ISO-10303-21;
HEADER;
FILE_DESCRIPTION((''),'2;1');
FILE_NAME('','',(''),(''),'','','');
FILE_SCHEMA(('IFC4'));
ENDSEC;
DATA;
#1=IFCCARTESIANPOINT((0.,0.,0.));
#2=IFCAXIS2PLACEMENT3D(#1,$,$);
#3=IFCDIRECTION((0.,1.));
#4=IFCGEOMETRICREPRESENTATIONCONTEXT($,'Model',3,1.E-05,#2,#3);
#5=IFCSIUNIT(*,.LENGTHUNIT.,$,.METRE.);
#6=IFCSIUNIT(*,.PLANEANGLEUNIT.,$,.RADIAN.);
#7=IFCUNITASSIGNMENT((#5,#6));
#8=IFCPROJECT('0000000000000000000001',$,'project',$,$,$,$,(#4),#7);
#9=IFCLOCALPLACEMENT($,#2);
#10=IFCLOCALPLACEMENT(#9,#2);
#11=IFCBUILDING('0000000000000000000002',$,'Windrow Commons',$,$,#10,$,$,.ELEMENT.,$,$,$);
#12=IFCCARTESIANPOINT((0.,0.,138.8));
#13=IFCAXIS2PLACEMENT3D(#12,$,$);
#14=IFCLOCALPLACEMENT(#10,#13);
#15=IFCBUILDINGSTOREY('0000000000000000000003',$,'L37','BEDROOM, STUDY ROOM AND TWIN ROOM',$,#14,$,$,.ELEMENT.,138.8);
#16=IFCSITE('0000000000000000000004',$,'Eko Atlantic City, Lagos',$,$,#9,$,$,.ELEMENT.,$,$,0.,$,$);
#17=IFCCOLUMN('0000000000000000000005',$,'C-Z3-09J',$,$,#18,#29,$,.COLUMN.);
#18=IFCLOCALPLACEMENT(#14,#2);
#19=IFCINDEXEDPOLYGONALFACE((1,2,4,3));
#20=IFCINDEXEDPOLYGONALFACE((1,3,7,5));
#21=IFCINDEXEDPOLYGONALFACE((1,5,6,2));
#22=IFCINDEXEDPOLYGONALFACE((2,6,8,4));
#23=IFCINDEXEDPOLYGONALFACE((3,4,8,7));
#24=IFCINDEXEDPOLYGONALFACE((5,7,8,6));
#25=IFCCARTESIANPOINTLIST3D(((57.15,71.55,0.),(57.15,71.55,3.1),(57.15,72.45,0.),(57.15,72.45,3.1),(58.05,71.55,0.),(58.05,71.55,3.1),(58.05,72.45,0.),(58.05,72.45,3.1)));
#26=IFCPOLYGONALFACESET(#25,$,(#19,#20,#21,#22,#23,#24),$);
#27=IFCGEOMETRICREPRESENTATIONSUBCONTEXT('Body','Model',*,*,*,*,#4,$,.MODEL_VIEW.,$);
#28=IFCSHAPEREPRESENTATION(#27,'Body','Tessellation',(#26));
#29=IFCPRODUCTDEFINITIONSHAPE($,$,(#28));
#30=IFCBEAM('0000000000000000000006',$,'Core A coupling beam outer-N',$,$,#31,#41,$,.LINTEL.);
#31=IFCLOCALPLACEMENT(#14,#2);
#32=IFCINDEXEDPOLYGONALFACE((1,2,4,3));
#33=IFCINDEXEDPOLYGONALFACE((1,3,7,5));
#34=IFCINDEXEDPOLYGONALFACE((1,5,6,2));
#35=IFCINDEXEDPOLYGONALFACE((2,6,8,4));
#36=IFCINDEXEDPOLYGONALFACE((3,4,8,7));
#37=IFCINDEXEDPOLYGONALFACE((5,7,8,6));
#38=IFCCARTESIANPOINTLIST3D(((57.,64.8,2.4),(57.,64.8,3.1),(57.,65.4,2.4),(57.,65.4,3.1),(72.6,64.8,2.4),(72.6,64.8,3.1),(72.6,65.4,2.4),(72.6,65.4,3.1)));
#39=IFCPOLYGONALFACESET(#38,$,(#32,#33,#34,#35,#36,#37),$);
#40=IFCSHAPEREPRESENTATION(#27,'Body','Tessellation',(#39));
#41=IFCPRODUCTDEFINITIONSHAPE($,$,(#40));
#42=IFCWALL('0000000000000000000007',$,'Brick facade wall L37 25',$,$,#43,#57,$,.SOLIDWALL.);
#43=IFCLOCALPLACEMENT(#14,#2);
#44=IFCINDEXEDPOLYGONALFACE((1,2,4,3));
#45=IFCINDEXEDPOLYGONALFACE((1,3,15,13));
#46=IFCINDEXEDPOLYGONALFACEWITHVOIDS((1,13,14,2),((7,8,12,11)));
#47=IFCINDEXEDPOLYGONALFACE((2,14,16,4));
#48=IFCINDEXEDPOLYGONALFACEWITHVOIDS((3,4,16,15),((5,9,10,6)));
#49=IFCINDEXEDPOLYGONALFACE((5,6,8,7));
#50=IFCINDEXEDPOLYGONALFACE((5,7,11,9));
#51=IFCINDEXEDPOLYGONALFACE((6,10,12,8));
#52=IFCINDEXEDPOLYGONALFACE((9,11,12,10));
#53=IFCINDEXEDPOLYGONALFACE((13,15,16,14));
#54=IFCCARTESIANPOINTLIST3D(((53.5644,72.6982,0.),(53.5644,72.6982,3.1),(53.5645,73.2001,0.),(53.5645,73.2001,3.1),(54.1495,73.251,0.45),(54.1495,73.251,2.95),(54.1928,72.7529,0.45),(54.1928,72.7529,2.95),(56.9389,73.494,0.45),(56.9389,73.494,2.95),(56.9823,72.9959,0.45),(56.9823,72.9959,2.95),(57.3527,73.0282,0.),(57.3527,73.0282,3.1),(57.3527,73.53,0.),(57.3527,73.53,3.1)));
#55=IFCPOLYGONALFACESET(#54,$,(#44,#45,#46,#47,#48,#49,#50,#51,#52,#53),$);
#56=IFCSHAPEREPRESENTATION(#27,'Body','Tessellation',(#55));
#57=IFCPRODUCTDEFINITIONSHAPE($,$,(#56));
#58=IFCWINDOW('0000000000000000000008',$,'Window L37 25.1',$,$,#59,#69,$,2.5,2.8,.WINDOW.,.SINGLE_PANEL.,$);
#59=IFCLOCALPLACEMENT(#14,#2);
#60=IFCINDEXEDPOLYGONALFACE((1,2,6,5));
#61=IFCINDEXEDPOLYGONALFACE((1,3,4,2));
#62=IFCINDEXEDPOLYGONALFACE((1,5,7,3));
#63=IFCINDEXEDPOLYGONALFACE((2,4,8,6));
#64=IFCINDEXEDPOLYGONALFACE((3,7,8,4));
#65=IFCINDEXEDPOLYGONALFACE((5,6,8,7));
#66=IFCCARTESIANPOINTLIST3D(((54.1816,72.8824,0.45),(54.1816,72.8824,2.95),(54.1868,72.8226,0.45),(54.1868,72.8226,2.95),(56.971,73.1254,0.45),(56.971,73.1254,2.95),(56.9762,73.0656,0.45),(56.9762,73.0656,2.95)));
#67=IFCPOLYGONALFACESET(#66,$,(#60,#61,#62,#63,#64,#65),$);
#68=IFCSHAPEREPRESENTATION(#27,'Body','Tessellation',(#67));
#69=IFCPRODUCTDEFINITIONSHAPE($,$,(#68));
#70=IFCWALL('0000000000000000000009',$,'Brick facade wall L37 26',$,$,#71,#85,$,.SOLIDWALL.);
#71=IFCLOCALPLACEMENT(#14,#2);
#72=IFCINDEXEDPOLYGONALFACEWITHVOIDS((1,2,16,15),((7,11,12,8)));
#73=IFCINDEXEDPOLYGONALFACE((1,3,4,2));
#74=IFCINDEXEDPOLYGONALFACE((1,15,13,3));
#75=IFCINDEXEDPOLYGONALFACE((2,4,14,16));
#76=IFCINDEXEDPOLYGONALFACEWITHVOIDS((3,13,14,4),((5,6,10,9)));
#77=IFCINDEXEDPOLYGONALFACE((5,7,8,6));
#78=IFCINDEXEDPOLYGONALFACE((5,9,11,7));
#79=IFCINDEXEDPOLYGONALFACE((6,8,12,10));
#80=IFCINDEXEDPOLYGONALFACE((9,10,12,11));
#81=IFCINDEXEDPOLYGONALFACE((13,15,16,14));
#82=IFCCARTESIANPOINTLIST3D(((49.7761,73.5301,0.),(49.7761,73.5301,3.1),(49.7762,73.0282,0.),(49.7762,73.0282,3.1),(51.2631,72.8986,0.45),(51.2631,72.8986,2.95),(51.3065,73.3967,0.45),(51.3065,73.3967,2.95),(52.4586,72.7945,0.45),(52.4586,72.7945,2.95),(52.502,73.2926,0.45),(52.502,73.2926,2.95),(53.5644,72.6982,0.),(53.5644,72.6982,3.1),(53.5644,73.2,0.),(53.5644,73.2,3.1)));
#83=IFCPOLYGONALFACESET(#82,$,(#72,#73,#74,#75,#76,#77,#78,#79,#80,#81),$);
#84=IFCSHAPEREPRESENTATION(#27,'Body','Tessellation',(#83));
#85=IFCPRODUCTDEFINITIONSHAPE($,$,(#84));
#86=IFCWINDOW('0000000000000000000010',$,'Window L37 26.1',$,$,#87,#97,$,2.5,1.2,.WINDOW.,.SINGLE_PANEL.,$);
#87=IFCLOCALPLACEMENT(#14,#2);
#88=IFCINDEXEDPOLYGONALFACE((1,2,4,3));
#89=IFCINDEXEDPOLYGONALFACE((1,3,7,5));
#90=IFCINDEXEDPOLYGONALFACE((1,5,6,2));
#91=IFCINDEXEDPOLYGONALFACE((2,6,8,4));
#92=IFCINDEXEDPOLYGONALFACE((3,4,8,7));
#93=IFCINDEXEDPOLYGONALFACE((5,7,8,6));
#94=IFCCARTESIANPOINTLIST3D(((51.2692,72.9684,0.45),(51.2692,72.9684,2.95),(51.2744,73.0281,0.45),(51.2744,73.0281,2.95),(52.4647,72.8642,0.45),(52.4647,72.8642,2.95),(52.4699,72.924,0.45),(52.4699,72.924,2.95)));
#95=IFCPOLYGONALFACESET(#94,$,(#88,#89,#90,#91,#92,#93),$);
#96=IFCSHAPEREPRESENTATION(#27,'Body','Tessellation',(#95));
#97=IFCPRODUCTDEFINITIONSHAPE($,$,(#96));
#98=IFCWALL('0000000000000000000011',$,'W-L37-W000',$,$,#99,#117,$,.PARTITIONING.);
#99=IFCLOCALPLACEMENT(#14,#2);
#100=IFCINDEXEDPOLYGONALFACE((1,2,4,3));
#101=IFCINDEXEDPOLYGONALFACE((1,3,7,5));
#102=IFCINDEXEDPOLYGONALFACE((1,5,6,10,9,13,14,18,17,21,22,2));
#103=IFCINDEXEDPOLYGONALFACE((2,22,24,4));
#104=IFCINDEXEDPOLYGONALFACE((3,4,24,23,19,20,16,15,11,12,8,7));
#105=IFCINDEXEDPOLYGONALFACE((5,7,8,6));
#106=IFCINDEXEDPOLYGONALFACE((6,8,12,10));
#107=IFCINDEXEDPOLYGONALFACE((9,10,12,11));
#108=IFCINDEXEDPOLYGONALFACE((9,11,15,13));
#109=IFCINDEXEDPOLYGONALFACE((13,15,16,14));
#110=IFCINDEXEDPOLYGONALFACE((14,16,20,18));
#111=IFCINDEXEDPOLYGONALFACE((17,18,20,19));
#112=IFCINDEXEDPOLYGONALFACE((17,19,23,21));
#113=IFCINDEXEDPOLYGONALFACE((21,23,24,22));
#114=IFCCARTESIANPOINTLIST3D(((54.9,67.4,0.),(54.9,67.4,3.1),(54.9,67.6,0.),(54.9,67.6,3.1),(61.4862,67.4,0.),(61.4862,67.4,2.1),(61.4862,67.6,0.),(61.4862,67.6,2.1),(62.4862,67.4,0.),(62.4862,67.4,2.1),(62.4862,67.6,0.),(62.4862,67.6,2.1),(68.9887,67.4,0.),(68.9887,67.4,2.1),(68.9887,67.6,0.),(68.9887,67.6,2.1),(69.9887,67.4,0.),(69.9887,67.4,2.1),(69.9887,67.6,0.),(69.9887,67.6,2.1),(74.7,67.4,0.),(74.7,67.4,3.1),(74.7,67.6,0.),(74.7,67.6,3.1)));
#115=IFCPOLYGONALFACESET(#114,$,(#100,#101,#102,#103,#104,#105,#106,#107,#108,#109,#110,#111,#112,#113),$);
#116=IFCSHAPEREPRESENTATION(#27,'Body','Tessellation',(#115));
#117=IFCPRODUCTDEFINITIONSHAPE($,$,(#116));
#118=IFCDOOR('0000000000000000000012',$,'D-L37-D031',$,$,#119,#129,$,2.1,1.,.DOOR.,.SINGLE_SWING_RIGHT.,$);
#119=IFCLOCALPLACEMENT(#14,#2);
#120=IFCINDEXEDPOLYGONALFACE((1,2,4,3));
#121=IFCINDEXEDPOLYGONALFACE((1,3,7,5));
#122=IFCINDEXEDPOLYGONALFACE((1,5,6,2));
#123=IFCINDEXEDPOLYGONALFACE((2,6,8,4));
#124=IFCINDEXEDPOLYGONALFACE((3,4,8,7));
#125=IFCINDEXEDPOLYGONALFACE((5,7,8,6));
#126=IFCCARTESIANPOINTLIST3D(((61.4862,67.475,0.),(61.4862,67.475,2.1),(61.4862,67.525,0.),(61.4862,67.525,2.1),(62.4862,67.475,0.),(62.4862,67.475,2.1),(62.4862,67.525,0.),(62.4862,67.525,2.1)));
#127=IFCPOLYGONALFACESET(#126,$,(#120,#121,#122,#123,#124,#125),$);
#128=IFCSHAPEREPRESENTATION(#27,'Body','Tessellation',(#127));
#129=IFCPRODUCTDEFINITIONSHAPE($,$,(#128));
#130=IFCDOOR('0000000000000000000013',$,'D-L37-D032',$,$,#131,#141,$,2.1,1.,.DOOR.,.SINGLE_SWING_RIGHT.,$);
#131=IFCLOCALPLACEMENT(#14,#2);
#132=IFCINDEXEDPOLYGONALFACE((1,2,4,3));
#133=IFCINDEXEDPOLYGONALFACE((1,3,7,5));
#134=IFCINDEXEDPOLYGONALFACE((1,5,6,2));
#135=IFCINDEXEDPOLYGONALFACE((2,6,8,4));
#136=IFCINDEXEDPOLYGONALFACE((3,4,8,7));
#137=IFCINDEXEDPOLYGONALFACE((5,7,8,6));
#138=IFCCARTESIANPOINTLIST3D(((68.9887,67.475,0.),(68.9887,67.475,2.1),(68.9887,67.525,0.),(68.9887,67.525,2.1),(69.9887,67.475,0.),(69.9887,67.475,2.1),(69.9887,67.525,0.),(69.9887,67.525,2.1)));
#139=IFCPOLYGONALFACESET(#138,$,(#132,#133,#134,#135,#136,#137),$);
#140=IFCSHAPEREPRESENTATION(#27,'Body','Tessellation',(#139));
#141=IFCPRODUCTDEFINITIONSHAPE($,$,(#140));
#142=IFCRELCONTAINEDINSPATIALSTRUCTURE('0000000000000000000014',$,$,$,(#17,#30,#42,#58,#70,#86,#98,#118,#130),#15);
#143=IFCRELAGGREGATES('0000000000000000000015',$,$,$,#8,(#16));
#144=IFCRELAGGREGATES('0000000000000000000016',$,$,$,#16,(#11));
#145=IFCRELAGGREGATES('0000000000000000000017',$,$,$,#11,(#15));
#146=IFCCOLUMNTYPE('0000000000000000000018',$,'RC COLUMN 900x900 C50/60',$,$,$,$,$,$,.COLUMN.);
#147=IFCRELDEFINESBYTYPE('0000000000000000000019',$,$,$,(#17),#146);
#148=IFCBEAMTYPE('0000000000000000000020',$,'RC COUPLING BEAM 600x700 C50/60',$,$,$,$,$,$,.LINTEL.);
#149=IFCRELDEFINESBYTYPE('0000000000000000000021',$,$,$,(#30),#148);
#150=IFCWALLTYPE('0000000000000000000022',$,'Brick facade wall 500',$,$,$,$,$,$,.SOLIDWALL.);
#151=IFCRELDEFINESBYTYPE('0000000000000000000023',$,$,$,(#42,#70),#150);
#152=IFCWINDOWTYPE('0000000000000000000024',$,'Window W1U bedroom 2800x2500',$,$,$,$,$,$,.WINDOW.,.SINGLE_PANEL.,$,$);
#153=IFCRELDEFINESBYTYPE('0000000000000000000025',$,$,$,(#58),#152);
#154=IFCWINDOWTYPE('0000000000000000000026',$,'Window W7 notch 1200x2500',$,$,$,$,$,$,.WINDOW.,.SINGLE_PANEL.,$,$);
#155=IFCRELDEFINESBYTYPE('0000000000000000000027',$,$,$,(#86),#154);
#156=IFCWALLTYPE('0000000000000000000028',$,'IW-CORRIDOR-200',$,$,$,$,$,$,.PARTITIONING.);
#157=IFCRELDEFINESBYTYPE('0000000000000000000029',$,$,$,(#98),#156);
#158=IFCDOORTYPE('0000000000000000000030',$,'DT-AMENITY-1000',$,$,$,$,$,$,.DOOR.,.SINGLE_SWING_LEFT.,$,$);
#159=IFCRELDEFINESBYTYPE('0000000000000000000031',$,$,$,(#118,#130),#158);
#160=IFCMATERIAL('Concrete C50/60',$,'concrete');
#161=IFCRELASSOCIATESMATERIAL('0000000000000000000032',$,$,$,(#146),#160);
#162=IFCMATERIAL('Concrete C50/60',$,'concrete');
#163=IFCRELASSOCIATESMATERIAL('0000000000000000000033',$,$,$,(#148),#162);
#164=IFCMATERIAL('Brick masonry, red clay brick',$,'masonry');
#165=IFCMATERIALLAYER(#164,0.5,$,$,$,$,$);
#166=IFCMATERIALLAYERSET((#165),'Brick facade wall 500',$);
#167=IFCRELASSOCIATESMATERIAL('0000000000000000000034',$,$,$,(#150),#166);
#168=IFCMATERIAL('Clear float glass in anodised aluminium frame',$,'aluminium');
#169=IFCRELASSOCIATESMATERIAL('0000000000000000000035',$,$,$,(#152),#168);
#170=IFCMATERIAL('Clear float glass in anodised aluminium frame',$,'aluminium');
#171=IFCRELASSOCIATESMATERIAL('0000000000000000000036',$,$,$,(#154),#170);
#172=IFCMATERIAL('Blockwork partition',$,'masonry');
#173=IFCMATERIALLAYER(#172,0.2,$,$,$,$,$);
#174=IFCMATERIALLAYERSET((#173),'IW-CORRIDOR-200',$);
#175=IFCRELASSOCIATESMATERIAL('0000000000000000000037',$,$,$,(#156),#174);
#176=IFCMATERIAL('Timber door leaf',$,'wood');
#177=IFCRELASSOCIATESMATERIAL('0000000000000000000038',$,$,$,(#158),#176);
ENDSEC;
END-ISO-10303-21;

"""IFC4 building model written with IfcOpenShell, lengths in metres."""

from ifc_helpers import new_model, si_unit, direction, frame, frame_2d, origin, origin_2d, place, context, subcontext, project, spatial, polyline, rectangle, outline, extrude, material, layer, layer_set, material_profile, profile_set, type_object, element, fill, save


model = new_model("IFC4")

# Units and contexts
model_context = context("Model", 3, precision=1e-05, world=origin(), true_north=direction((0.0, 1.0)))
body_context = subcontext(model_context, "Body", "Model", "MODEL_VIEW")
ifc_project = project(units=[si_unit("LENGTHUNIT", "METRE"), si_unit("PLANEANGLEUNIT", "RADIAN")], contexts=[model_context])

# Site, building, storey
site_placement = place(None, origin())
site = spatial("IfcSite", under=ifc_project, at=site_placement, Name="Eko Atlantic City, Lagos", CompositionType="ELEMENT", RefElevation=0.0)
building_placement = place(site_placement, origin())
building = spatial("IfcBuilding", under=site, at=building_placement, Name="Windrow Commons", CompositionType="ELEMENT")
storey_placement = place(building_placement, frame((0.0, 0.0, 138.8)))
storey = spatial("IfcBuildingStorey", under=building, at=storey_placement, Name="L37", Description="BEDROOM, STUDY ROOM AND TWIN ROOM", CompositionType="ELEMENT", Elevation=138.8)

# Column
ifc_material_1 = material(Name="Concrete C50/60", Category="concrete")
ifc_material_profile_1 = material_profile(ifc_material_1, rectangle(XDim=0.9, YDim=0.9, at=origin_2d()))
ifc_profile_set_1 = profile_set([ifc_material_profile_1], Name="Concrete C50/60")
column_type = type_object("IfcColumnType", Name="RC COLUMN 900x900 C50/60", PredefinedType="COLUMN", material=ifc_profile_set_1)
column_placement = place(storey_placement, frame((57.6, 72.0, 0.0), z_axis=(0.0, 0.0, 1.0), x_axis=(1.0, 0.0, 0.0)))
element("IfcColumn", 1, at=column_placement, inside=storey, type_object=column_type, Name="C-Z3-09J", PredefinedType="COLUMN", context=body_context, shape_type="SweptSolid", body=[
    extrude(rectangle(XDim=0.9, YDim=0.9, at=origin_2d()), origin(), (0.0, 0.0, 1.0), 3.1),
])

# Beam
ifc_material_2 = material(Name="Concrete C50/60", Category="concrete")
ifc_material_profile_2 = material_profile(ifc_material_2, rectangle(XDim=0.6, YDim=0.7, at=origin_2d()))
ifc_profile_set_2 = profile_set([ifc_material_profile_2], Name="Concrete C50/60")
beam_type = type_object("IfcBeamType", Name="RC COUPLING BEAM 600x700 C50/60", PredefinedType="LINTEL", material=ifc_profile_set_2)
beam_placement = place(storey_placement, frame((57.0, 65.1, 2.75), z_axis=(1.0, 0.0, 0.0), x_axis=(0.0, 1.0, 0.0)))
element("IfcBeam", 2, at=beam_placement, inside=storey, type_object=beam_type, Name="Core A coupling beam outer-N", PredefinedType="LINTEL", context=body_context, shape_type="SweptSolid", body=[
    extrude(rectangle(XDim=0.6, YDim=0.7, at=origin_2d()), origin(), (0.0, 0.0, 1.0), 15.6),
])

# Walls, openings, windows
ifc_material_3 = material(Name="Brick masonry, red clay brick", Category="masonry")
ifc_layer_1 = layer(ifc_material_3, 0.5)
ifc_layer_set_1 = layer_set([ifc_layer_1], Name="Brick facade wall 500")
wall_type_1 = type_object("IfcWallType", Name="Brick facade wall 500", PredefinedType="SOLIDWALL", material=ifc_layer_set_1)
wall_1_placement = place(storey_placement, frame((57.3527, 73.2791, 0.0), z_axis=(0.0, 0.0, 1.0), x_axis=(-0.996227, -0.086782, 0.0)))
wall_1 = element("IfcWall", 3, at=wall_1_placement, inside=storey, type_object=wall_type_1, Name="Brick facade wall L37 25", PredefinedType="SOLIDWALL", context=body_context, shape_type="SweptSolid", body=[
    extrude(outline(polyline([(-0.0218, -0.25), (3.7808, -0.25), (3.8244, 0.25), (0.0218, 0.25), (-0.0218, -0.25)])), origin(), (0.0, 0.0, 1.0), 3.1),
])
opening_1_placement = place(wall_1_placement, frame((0.3936, 0.0, 0.45)))
opening_1 = element("IfcOpeningElement", 4, at=opening_1_placement, cuts=wall_1, PredefinedType="OPENING", context=body_context, shape_type="SweptSolid", body=[
    extrude(rectangle(XDim=2.8, YDim=2.5, at=frame_2d((1.4, 1.25))), frame((0.0, 0.26, 0.0), z_axis=(0.0, -1.0, 0.0), x_axis=(1.0, 0.0, 0.0)), (0.0, 0.0, 1.0), 0.52),
])
ifc_material_4 = material(Name="Clear float glass in anodised aluminium frame", Category="aluminium")
window_type_1 = type_object("IfcWindowType", Name="Window W1U bedroom 2800x2500", PartitioningType="SINGLE_PANEL", PredefinedType="WINDOW", material=ifc_material_4)
window_1_placement = place(opening_1_placement, origin())
window_1 = element("IfcWindow", 5, at=window_1_placement, inside=storey, type_object=window_type_1, Name="Window L37 25.1", OverallHeight=2.5, OverallWidth=2.8, PartitioningType="SINGLE_PANEL", PredefinedType="WINDOW", context=body_context, shape_type="SweptSolid", body=[
    extrude(rectangle(XDim=2.8, YDim=2.5, at=frame_2d((1.4, 1.25))), frame((0.0, 0.18, 0.0), z_axis=(0.0, -1.0, 0.0), x_axis=(1.0, 0.0, 0.0)), (0.0, 0.0, 1.0), 0.06),
])
fill(opening_1, window_1)
wall_2_placement = place(storey_placement, frame((53.5644, 72.9491, 0.0), z_axis=(0.0, 0.0, 1.0), x_axis=(-0.996227, 0.086784, 0.0)))
wall_2 = element("IfcWall", 6, at=wall_2_placement, inside=storey, type_object=wall_type_1, Name="Brick facade wall L37 26", PredefinedType="SOLIDWALL", context=body_context, shape_type="SweptSolid", body=[
    extrude(outline(polyline([(0.0218, -0.25), (3.8244, -0.25), (3.7808, 0.25), (-0.0218, 0.25), (0.0218, -0.25)])), origin(), (0.0, 0.0, 1.0), 3.1),
])
opening_2_placement = place(wall_2_placement, frame((1.0882, 0.0, 0.45)))
opening_2 = element("IfcOpeningElement", 7, at=opening_2_placement, cuts=wall_2, PredefinedType="OPENING", context=body_context, shape_type="SweptSolid", body=[
    extrude(rectangle(XDim=1.2, YDim=2.5, at=frame_2d((0.6, 1.25))), frame((0.0, 0.26, 0.0), z_axis=(0.0, -1.0, 0.0), x_axis=(1.0, 0.0, 0.0)), (0.0, 0.0, 1.0), 0.52),
])
ifc_material_5 = material(Name="Clear float glass in anodised aluminium frame", Category="aluminium")
window_type_2 = type_object("IfcWindowType", Name="Window W7 notch 1200x2500", PartitioningType="SINGLE_PANEL", PredefinedType="WINDOW", material=ifc_material_5)
window_2_placement = place(opening_2_placement, origin())
window_2 = element("IfcWindow", 8, at=window_2_placement, inside=storey, type_object=window_type_2, Name="Window L37 26.1", OverallHeight=2.5, OverallWidth=1.2, PartitioningType="SINGLE_PANEL", PredefinedType="WINDOW", context=body_context, shape_type="SweptSolid", body=[
    extrude(rectangle(XDim=1.2, YDim=2.5, at=frame_2d((0.6, 1.25))), frame((0.0, 0.18, 0.0), z_axis=(0.0, -1.0, 0.0), x_axis=(1.0, 0.0, 0.0)), (0.0, 0.0, 1.0), 0.06),
])
fill(opening_2, window_2)

# Wall, openings, doors
ifc_material_6 = material(Name="Blockwork partition", Category="masonry")
ifc_layer_2 = layer(ifc_material_6, 0.2)
ifc_layer_set_2 = layer_set([ifc_layer_2], Name="IW-CORRIDOR-200")
wall_type_2 = type_object("IfcWallType", Name="IW-CORRIDOR-200", PredefinedType="PARTITIONING", material=ifc_layer_set_2)
wall_3_placement = place(storey_placement, frame((54.9, 67.5, 0.0), z_axis=(0.0, 0.0, 1.0), x_axis=(1.0, 0.0, 0.0)))
wall_3 = element("IfcWall", 9, at=wall_3_placement, inside=storey, type_object=wall_type_2, Name="W-L37-W000", PredefinedType="PARTITIONING", context=body_context, shape_type="SweptSolid", body=[
    extrude(rectangle(XDim=19.8, YDim=0.2, at=frame_2d((9.9, 0.0))), origin(), (0.0, 0.0, 1.0), 3.1),
])
opening_3_placement = place(wall_3_placement, frame((6.5862, 0.0, 0.0)))
opening_3 = element("IfcOpeningElement", 10, at=opening_3_placement, cuts=wall_3, PredefinedType="OPENING", context=body_context, shape_type="SweptSolid", body=[
    extrude(rectangle(XDim=1.0, YDim=2.1, at=frame_2d((0.5, 1.05))), frame((0.0, 0.11, 0.0), z_axis=(0.0, -1.0, 0.0), x_axis=(1.0, 0.0, 0.0)), (0.0, 0.0, 1.0), 0.22),
])
opening_4_placement = place(wall_3_placement, frame((14.0887, 0.0, 0.0)))
opening_4 = element("IfcOpeningElement", 11, at=opening_4_placement, cuts=wall_3, PredefinedType="OPENING", context=body_context, shape_type="SweptSolid", body=[
    extrude(rectangle(XDim=1.0, YDim=2.1, at=frame_2d((0.5, 1.05))), frame((0.0, 0.11, 0.0), z_axis=(0.0, -1.0, 0.0), x_axis=(1.0, 0.0, 0.0)), (0.0, 0.0, 1.0), 0.22),
])
ifc_material_7 = material(Name="Timber door leaf", Category="wood")
door_type_1 = type_object("IfcDoorType", Name="DT-AMENITY-1000", OperationType="SINGLE_SWING_LEFT", PredefinedType="DOOR", material=ifc_material_7)
door_1_placement = place(opening_3_placement, origin())
door_1 = element("IfcDoor", 12, at=door_1_placement, inside=storey, type_object=door_type_1, Name="D-L37-D031", OperationType="SINGLE_SWING_RIGHT", OverallHeight=2.1, OverallWidth=1.0, PredefinedType="DOOR", context=body_context, shape_type="SweptSolid", body=[
    extrude(rectangle(XDim=1.0, YDim=2.1, at=frame_2d((0.5, 1.05))), frame((0.0, 0.025, 0.0), z_axis=(0.0, -1.0, 0.0), x_axis=(1.0, 0.0, 0.0)), (0.0, 0.0, 1.0), 0.05),
])
fill(opening_3, door_1)
door_2_placement = place(opening_4_placement, origin())
door_2 = element("IfcDoor", 13, at=door_2_placement, inside=storey, type_object=door_type_1, Name="D-L37-D032", OperationType="SINGLE_SWING_RIGHT", OverallHeight=2.1, OverallWidth=1.0, PredefinedType="DOOR", context=body_context, shape_type="SweptSolid", body=[
    extrude(rectangle(XDim=1.0, YDim=2.1, at=frame_2d((0.5, 1.05))), frame((0.0, 0.025, 0.0), z_axis=(0.0, -1.0, 0.0), x_axis=(1.0, 0.0, 0.0)), (0.0, 0.0, 1.0), 0.05),
])
fill(opening_4, door_2)

save(model, "model.ifc")
